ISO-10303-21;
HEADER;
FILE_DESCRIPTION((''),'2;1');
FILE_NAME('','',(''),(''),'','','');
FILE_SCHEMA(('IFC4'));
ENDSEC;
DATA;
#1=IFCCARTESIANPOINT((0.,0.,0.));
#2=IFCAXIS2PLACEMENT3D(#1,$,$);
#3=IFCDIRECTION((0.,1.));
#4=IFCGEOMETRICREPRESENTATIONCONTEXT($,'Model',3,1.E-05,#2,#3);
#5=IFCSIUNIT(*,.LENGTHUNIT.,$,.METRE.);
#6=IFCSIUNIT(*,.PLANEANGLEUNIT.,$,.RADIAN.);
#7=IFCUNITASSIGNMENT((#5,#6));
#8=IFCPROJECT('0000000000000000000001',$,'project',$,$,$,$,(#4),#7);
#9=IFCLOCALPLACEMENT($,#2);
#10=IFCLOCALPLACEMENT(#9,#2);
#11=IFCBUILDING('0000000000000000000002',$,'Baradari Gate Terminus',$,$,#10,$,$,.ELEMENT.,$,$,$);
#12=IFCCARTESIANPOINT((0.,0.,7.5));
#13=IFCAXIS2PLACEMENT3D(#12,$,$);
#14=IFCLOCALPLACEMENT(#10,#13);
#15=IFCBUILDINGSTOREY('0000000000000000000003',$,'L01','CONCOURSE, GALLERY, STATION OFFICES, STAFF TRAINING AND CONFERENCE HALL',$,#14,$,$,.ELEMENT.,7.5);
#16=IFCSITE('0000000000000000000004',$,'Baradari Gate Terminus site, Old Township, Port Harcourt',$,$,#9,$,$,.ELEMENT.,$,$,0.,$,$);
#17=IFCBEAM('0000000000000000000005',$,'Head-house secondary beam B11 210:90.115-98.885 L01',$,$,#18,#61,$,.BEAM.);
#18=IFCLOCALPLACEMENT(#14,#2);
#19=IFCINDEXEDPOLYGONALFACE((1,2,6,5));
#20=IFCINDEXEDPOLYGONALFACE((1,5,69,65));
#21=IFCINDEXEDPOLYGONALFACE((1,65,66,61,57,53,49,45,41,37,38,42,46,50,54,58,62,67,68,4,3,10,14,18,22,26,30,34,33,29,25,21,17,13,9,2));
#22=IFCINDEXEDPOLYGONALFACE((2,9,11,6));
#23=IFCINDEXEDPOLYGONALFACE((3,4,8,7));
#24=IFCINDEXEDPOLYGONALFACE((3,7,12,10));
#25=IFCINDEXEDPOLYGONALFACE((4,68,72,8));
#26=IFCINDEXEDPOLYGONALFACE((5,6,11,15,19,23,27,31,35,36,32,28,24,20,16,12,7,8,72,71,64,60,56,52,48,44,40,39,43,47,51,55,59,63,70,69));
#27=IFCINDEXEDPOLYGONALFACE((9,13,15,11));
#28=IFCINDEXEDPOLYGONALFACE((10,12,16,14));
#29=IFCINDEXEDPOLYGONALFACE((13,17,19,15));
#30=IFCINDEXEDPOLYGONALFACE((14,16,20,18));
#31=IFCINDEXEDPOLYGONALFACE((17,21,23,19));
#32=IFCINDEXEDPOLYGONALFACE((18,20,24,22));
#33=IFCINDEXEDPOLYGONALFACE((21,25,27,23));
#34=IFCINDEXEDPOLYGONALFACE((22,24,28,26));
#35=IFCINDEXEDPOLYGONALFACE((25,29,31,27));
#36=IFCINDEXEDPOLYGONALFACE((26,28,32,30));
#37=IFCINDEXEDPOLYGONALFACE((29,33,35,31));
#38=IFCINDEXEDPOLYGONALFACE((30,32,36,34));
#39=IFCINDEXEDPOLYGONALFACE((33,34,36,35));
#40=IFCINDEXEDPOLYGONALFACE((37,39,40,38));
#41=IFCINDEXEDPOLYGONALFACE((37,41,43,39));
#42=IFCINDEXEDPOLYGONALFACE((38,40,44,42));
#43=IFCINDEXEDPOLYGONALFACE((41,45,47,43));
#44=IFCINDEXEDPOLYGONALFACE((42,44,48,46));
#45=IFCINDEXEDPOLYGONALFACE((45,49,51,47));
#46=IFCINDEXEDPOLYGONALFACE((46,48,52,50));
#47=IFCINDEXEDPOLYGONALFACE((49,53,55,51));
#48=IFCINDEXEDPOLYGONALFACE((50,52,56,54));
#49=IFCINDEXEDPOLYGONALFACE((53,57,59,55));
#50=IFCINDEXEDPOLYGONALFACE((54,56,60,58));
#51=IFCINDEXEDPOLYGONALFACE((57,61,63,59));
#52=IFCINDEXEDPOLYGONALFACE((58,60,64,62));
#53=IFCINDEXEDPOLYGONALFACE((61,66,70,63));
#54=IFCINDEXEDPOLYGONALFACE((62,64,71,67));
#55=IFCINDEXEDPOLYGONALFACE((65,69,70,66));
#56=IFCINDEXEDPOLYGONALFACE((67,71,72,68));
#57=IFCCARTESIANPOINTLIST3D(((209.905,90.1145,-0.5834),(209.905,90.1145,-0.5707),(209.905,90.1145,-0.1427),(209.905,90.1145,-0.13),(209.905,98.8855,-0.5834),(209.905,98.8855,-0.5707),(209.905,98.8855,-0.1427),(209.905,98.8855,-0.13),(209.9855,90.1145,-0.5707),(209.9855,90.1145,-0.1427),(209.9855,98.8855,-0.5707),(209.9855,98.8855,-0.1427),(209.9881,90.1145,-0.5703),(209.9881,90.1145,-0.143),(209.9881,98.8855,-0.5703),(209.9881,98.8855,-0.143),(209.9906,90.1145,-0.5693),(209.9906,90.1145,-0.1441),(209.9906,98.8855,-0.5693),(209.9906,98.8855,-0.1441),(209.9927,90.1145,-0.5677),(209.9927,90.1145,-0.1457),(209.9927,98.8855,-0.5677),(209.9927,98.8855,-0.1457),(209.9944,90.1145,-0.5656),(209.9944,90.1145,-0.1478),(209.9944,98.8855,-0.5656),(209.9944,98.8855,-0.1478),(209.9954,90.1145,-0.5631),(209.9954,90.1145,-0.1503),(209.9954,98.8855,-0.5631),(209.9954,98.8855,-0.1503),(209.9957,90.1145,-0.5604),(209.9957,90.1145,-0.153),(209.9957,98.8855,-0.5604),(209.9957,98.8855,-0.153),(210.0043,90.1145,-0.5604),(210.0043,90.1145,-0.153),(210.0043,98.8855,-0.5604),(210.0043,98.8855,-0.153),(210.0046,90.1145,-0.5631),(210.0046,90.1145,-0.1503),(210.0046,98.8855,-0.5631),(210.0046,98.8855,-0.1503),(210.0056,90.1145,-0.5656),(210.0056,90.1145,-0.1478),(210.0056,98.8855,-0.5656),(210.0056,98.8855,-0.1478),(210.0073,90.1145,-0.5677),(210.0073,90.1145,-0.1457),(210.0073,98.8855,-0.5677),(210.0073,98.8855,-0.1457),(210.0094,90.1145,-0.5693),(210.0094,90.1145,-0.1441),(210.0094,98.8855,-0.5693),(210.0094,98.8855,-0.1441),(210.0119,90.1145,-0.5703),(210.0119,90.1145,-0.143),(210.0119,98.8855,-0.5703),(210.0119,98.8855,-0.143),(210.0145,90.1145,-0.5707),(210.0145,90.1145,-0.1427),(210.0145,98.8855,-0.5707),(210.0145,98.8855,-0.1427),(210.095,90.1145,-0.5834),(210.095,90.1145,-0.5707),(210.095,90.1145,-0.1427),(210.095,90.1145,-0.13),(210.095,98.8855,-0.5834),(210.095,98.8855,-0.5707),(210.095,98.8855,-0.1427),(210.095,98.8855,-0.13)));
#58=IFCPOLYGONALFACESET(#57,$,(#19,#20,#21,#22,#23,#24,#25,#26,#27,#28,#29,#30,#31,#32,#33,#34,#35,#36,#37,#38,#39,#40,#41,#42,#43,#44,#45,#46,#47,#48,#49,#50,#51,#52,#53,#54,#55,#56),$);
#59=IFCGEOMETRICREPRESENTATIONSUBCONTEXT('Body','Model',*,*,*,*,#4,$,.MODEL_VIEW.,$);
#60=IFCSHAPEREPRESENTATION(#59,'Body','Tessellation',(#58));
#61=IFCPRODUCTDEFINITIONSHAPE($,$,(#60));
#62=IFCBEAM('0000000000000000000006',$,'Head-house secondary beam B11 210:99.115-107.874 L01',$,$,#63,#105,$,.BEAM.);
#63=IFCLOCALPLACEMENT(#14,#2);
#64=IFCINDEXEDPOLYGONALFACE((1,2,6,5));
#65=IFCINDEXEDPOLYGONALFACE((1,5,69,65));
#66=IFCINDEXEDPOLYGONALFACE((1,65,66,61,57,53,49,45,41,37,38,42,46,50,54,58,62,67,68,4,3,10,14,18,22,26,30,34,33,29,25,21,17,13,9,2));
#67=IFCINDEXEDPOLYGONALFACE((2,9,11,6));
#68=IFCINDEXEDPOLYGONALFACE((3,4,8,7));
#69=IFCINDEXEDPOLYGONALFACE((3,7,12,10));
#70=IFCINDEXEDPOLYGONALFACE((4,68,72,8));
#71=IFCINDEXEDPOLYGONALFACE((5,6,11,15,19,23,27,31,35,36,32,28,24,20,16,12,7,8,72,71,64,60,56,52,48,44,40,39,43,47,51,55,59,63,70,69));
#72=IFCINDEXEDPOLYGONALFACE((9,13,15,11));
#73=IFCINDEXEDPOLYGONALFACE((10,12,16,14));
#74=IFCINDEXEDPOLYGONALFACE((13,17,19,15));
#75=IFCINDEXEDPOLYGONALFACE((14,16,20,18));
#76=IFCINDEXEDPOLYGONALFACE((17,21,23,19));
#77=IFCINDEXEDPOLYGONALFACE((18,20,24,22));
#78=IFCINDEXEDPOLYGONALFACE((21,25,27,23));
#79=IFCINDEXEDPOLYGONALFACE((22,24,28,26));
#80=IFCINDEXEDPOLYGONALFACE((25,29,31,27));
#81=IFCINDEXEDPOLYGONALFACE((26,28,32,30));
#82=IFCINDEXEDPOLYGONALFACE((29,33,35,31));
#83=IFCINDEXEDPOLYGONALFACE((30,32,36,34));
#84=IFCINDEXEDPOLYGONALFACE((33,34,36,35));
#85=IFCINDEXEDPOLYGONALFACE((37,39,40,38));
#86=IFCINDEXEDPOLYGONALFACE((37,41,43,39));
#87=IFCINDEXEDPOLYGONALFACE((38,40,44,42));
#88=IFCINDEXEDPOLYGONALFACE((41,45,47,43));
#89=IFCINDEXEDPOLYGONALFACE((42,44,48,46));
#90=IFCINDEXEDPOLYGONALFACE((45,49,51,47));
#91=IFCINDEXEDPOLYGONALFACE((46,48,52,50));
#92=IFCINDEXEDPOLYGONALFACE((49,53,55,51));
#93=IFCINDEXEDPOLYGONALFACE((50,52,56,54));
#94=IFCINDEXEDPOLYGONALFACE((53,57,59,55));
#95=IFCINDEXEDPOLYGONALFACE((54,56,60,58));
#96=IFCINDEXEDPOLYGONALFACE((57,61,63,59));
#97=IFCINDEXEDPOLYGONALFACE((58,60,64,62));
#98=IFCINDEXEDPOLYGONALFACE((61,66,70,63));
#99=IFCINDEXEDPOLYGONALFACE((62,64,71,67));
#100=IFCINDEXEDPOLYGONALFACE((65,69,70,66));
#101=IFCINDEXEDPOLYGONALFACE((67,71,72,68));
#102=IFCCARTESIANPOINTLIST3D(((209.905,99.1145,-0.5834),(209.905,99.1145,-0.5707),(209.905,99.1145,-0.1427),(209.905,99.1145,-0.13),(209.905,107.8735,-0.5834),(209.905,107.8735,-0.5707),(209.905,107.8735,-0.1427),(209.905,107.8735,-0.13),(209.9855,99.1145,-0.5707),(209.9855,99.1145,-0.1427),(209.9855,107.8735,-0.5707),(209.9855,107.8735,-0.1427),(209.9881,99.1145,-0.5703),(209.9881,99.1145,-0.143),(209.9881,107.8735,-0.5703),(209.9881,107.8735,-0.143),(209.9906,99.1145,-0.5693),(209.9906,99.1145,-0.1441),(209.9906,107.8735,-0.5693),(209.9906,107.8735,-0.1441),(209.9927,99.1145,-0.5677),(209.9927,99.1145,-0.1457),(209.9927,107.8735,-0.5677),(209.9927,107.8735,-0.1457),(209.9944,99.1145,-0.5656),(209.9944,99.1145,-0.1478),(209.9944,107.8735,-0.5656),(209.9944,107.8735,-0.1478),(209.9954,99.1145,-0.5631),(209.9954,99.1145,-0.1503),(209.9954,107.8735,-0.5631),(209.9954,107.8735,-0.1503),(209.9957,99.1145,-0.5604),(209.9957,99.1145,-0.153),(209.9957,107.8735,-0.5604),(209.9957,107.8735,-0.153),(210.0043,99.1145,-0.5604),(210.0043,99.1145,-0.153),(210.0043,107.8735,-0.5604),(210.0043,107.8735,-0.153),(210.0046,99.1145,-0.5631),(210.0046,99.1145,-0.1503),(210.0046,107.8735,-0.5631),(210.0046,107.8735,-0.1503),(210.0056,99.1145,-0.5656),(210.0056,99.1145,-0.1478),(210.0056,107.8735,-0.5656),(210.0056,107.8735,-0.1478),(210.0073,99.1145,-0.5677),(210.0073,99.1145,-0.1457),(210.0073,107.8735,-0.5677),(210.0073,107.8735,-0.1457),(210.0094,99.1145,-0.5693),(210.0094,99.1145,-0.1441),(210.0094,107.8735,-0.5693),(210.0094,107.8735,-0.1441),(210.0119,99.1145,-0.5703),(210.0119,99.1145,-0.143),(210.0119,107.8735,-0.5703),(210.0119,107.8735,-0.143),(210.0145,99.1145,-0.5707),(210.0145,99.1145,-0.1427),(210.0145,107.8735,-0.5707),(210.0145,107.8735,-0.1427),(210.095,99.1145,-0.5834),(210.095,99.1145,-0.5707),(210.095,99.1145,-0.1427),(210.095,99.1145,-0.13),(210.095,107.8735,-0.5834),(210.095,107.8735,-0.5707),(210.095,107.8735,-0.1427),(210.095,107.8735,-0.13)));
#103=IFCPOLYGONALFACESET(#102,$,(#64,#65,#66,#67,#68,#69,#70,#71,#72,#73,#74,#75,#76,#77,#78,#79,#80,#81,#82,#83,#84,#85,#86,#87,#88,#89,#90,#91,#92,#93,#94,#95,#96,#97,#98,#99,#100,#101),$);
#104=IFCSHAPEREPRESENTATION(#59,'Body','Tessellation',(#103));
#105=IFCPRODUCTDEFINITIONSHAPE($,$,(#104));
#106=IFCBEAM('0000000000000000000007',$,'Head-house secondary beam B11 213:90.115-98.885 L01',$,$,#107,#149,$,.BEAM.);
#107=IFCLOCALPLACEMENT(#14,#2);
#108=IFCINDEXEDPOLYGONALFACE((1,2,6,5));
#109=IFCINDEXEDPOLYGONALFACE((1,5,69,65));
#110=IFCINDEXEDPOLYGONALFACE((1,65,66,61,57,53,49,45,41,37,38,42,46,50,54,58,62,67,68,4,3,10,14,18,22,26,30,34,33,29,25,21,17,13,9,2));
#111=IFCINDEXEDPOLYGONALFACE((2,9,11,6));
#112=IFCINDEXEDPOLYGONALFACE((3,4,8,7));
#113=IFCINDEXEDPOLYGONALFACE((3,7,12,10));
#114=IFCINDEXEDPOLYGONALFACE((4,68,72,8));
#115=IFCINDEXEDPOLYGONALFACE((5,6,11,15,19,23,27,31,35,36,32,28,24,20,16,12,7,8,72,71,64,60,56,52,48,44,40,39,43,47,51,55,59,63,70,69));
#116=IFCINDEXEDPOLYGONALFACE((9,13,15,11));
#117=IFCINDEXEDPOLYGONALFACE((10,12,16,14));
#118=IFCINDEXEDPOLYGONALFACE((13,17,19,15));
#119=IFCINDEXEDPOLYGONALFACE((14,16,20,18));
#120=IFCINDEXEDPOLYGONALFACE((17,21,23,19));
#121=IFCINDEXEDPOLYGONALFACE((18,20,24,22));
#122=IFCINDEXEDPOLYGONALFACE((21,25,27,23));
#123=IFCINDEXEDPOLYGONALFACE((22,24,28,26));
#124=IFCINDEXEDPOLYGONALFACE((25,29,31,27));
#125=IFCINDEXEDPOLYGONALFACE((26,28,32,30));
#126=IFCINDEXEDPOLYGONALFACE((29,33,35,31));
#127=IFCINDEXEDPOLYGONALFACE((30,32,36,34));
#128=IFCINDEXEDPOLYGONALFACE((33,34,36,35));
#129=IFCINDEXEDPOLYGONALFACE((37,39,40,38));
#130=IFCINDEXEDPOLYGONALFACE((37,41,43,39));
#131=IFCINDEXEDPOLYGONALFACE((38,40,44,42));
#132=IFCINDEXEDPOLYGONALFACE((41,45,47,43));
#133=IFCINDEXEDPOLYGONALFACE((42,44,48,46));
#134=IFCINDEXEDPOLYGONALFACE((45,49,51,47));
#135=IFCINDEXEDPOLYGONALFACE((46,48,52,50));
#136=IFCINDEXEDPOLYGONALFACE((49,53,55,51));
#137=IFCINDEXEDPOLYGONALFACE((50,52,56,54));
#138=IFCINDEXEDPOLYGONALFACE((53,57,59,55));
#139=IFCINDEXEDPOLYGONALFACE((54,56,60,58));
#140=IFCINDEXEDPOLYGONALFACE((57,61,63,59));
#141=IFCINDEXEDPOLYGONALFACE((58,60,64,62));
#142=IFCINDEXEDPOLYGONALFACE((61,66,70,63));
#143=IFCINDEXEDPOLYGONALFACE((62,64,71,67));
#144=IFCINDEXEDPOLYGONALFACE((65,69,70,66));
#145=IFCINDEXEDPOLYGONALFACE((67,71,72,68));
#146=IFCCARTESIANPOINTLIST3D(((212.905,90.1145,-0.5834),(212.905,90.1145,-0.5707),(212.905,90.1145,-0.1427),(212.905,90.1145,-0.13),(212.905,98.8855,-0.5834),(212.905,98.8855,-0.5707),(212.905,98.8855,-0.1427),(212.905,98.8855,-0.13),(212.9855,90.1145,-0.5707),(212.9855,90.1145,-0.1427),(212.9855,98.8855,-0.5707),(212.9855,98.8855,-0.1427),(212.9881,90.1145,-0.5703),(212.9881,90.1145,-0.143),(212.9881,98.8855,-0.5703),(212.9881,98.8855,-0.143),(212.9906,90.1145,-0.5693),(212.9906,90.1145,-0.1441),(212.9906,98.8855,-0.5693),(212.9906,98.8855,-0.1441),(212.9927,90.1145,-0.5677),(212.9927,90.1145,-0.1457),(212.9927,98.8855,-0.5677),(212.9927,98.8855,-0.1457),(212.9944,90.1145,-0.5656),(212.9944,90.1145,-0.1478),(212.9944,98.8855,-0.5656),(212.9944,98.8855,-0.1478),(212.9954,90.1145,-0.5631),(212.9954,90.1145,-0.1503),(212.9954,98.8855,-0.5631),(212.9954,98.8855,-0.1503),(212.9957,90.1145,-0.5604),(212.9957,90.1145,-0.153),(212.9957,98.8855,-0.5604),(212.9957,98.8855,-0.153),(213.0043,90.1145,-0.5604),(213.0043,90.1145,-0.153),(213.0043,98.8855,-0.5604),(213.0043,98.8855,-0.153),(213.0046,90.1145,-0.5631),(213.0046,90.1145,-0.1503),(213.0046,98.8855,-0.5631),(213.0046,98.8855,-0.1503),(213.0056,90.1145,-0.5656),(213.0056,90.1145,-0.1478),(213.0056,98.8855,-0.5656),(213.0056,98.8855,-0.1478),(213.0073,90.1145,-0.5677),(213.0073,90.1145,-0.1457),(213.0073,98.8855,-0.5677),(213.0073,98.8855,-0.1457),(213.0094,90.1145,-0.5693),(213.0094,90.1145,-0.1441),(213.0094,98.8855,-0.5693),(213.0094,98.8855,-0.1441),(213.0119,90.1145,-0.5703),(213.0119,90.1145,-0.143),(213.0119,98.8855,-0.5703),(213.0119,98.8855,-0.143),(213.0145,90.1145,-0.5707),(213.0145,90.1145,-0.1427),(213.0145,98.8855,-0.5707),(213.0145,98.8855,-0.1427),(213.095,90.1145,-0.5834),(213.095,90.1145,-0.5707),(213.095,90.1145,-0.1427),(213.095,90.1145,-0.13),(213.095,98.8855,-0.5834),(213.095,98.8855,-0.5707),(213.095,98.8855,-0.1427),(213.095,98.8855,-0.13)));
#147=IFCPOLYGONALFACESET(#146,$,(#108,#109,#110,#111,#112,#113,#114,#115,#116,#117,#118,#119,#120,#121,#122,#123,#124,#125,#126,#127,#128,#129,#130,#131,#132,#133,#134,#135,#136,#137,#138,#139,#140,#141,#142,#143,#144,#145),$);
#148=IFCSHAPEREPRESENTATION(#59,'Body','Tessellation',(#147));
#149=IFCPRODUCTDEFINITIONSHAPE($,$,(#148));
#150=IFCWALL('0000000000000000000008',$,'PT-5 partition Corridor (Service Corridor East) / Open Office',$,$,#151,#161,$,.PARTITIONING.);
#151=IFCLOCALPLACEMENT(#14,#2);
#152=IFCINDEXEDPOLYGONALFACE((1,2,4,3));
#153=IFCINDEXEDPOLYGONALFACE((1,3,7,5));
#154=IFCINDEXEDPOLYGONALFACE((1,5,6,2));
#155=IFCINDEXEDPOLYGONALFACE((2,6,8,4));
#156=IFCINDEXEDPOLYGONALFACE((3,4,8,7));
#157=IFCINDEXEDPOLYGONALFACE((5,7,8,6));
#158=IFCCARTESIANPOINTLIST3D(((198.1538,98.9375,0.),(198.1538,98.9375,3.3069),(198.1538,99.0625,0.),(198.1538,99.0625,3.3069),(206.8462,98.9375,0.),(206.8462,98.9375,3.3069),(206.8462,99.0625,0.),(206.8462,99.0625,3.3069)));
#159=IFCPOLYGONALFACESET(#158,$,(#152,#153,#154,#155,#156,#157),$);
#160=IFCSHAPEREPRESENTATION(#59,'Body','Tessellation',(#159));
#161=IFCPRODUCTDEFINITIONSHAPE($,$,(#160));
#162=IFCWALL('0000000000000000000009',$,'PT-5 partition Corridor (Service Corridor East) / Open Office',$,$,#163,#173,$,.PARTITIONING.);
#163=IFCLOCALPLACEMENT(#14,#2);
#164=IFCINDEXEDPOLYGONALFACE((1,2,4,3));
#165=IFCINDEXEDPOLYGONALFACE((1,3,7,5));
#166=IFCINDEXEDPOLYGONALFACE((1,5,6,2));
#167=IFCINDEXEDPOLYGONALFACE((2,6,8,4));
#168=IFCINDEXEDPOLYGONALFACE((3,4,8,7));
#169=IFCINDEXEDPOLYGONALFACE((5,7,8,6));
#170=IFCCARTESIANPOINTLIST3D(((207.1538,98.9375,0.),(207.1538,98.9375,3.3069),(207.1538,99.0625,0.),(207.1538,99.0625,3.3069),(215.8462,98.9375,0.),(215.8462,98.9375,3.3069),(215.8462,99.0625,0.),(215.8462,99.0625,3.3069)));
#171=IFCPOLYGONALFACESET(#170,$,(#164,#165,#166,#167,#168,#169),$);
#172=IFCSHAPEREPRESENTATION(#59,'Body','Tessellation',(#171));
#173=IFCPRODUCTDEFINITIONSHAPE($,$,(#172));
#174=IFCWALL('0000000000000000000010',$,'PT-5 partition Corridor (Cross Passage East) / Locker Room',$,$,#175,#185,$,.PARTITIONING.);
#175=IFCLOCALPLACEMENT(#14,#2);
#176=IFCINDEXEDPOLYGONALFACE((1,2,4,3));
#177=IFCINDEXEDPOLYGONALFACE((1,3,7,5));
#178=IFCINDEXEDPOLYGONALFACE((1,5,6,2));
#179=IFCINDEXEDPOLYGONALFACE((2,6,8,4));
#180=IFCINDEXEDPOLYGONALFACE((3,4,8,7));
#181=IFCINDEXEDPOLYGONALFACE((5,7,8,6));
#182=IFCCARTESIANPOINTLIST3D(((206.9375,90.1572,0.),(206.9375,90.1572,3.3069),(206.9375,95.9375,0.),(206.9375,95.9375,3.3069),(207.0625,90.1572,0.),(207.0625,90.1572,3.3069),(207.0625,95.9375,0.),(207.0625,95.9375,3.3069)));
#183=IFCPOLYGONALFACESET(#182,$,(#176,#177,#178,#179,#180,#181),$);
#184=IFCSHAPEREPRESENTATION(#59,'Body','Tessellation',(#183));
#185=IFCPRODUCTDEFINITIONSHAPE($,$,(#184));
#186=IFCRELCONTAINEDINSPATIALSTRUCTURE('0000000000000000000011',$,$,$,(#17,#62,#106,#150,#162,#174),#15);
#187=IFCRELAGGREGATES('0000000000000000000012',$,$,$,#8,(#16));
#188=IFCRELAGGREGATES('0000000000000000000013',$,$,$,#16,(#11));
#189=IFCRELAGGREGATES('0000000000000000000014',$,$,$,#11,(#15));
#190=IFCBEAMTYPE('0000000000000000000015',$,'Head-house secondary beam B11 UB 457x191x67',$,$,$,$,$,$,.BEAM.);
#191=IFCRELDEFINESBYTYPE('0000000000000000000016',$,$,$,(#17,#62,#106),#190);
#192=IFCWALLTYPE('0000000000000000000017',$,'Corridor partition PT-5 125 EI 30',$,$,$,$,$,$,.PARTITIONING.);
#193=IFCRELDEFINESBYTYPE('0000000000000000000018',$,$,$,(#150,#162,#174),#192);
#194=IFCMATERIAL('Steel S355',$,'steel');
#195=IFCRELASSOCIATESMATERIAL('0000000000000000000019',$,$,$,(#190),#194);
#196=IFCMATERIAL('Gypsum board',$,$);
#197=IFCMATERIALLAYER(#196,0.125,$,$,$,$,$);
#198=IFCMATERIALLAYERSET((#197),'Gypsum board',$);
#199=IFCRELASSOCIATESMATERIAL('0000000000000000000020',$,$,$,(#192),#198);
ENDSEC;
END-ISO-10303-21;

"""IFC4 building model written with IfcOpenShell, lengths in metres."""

from ifc_helpers import new_model, si_unit, direction, frame, frame_2d, origin, origin_2d, place, context, subcontext, project, spatial, rectangle, i_section, extrude, material, layer, layer_set, material_profile, profile_set, type_object, element, save


model = new_model("IFC4")

# Units and contexts
model_context = context("Model", 3, precision=1e-05, world=origin(), true_north=direction((0.0, 1.0)))
body_context = subcontext(model_context, "Body", "Model", "MODEL_VIEW")
ifc_project = project(units=[si_unit("LENGTHUNIT", "METRE"), si_unit("PLANEANGLEUNIT", "RADIAN")], contexts=[model_context])

# Site, building, storey
site_placement = place(None, origin())
site = spatial("IfcSite", under=ifc_project, at=site_placement, Name="Baradari Gate Terminus site, Old Township, Port Harcourt", CompositionType="ELEMENT", RefElevation=0.0)
building_placement = place(site_placement, origin())
building = spatial("IfcBuilding", under=site, at=building_placement, Name="Baradari Gate Terminus", CompositionType="ELEMENT")
storey_placement = place(building_placement, frame((0.0, 0.0, 7.5)))
storey = spatial("IfcBuildingStorey", under=building, at=storey_placement, Name="L01", Description="CONCOURSE, GALLERY, STATION OFFICES, STAFF TRAINING AND CONFERENCE HALL", CompositionType="ELEMENT", Elevation=7.5)

# Beams
ifc_material_1 = material(Name="Steel S355", Category="steel")
ifc_material_profile_1 = material_profile(ifc_material_1, i_section(OverallWidth=0.1899, OverallDepth=0.4534, WebThickness=0.0085, FlangeThickness=0.0127, FilletRadius=0.0103, at=origin_2d()), Name="UB 457x191x67")
ifc_profile_set_1 = profile_set([ifc_material_profile_1], Name="Steel S355")
beam_type_1 = type_object("IfcBeamType", Name="Head-house secondary beam B11 UB 457x191x67", PredefinedType="BEAM", material=ifc_profile_set_1)
beam_1_placement = place(storey_placement, frame((210.0, 90.1145, -0.3567), z_axis=(0.0, 1.0, 0.0), x_axis=(-1.0, 0.0, 0.0)))
element("IfcBeam", 1, at=beam_1_placement, inside=storey, type_object=beam_type_1, Name="Head-house secondary beam B11 210:90.115-98.885 L01", PredefinedType="BEAM", context=body_context, shape_type="SweptSolid", body=[
    extrude(i_section(OverallWidth=0.1899, OverallDepth=0.4534, WebThickness=0.0085, FlangeThickness=0.0127, FilletRadius=0.0103, at=origin_2d()), origin(), (0.0, 0.0, 1.0), 8.771),
])
beam_2_placement = place(storey_placement, frame((210.0, 99.1145, -0.3567), z_axis=(0.0, 1.0, 0.0), x_axis=(-1.0, 0.0, 0.0)))
element("IfcBeam", 2, at=beam_2_placement, inside=storey, type_object=beam_type_1, Name="Head-house secondary beam B11 210:99.115-107.874 L01", PredefinedType="BEAM", context=body_context, shape_type="SweptSolid", body=[
    extrude(i_section(OverallWidth=0.1899, OverallDepth=0.4534, WebThickness=0.0085, FlangeThickness=0.0127, FilletRadius=0.0103, at=origin_2d()), origin(), (0.0, 0.0, 1.0), 8.759),
])
beam_3_placement = place(storey_placement, frame((213.0, 90.1145, -0.3567), z_axis=(0.0, 1.0, 0.0), x_axis=(-1.0, 0.0, 0.0)))
element("IfcBeam", 3, at=beam_3_placement, inside=storey, type_object=beam_type_1, Name="Head-house secondary beam B11 213:90.115-98.885 L01", PredefinedType="BEAM", context=body_context, shape_type="SweptSolid", body=[
    extrude(i_section(OverallWidth=0.1899, OverallDepth=0.4534, WebThickness=0.0085, FlangeThickness=0.0127, FilletRadius=0.0103, at=origin_2d()), origin(), (0.0, 0.0, 1.0), 8.771),
])

# Walls
ifc_material_2 = material(Name="Gypsum board")
ifc_layer = layer(ifc_material_2, 0.125)
ifc_layer_set = layer_set([ifc_layer], Name="Gypsum board")
wall_type = type_object("IfcWallType", Name="Corridor partition PT-5 125 EI 30", PredefinedType="PARTITIONING", material=ifc_layer_set)
for number, where, z_axis, x_axis, name in (
    (4, (198.1538, 99.0, 0.0), (0.0, 0.0, 1.0), (1.0, 0.0, 0.0), "PT-5 partition Corridor (Service Corridor East) / Open Office"),
    (5, (207.1538, 99.0, 0.0), (0.0, 0.0, 1.0), (1.0, 0.0, 0.0), "PT-5 partition Corridor (Service Corridor East) / Open Office"),
):
    element("IfcWall", number, at=place(storey_placement, frame(where, z_axis=z_axis, x_axis=x_axis)), inside=storey, type_object=wall_type, Name=name, PredefinedType="PARTITIONING", context=body_context, shape_type="SweptSolid", body=[
        extrude(rectangle(XDim=8.6924, YDim=0.125, at=frame_2d((4.3462, 0.0))), origin(), (0.0, 0.0, 1.0), 3.3069),
    ])
wall_placement = place(storey_placement, frame((207.0, 95.9375, 0.0), z_axis=(0.0, 0.0, 1.0), x_axis=(0.0, -1.0, 0.0)))
element("IfcWall", 6, at=wall_placement, inside=storey, type_object=wall_type, Name="PT-5 partition Corridor (Cross Passage East) / Locker Room", PredefinedType="PARTITIONING", context=body_context, shape_type="SweptSolid", body=[
    extrude(rectangle(XDim=5.7803, YDim=0.125, at=frame_2d((2.8901, 0.0))), origin(), (0.0, 0.0, 1.0), 3.3069),
])

save(model, "model.ifc")
